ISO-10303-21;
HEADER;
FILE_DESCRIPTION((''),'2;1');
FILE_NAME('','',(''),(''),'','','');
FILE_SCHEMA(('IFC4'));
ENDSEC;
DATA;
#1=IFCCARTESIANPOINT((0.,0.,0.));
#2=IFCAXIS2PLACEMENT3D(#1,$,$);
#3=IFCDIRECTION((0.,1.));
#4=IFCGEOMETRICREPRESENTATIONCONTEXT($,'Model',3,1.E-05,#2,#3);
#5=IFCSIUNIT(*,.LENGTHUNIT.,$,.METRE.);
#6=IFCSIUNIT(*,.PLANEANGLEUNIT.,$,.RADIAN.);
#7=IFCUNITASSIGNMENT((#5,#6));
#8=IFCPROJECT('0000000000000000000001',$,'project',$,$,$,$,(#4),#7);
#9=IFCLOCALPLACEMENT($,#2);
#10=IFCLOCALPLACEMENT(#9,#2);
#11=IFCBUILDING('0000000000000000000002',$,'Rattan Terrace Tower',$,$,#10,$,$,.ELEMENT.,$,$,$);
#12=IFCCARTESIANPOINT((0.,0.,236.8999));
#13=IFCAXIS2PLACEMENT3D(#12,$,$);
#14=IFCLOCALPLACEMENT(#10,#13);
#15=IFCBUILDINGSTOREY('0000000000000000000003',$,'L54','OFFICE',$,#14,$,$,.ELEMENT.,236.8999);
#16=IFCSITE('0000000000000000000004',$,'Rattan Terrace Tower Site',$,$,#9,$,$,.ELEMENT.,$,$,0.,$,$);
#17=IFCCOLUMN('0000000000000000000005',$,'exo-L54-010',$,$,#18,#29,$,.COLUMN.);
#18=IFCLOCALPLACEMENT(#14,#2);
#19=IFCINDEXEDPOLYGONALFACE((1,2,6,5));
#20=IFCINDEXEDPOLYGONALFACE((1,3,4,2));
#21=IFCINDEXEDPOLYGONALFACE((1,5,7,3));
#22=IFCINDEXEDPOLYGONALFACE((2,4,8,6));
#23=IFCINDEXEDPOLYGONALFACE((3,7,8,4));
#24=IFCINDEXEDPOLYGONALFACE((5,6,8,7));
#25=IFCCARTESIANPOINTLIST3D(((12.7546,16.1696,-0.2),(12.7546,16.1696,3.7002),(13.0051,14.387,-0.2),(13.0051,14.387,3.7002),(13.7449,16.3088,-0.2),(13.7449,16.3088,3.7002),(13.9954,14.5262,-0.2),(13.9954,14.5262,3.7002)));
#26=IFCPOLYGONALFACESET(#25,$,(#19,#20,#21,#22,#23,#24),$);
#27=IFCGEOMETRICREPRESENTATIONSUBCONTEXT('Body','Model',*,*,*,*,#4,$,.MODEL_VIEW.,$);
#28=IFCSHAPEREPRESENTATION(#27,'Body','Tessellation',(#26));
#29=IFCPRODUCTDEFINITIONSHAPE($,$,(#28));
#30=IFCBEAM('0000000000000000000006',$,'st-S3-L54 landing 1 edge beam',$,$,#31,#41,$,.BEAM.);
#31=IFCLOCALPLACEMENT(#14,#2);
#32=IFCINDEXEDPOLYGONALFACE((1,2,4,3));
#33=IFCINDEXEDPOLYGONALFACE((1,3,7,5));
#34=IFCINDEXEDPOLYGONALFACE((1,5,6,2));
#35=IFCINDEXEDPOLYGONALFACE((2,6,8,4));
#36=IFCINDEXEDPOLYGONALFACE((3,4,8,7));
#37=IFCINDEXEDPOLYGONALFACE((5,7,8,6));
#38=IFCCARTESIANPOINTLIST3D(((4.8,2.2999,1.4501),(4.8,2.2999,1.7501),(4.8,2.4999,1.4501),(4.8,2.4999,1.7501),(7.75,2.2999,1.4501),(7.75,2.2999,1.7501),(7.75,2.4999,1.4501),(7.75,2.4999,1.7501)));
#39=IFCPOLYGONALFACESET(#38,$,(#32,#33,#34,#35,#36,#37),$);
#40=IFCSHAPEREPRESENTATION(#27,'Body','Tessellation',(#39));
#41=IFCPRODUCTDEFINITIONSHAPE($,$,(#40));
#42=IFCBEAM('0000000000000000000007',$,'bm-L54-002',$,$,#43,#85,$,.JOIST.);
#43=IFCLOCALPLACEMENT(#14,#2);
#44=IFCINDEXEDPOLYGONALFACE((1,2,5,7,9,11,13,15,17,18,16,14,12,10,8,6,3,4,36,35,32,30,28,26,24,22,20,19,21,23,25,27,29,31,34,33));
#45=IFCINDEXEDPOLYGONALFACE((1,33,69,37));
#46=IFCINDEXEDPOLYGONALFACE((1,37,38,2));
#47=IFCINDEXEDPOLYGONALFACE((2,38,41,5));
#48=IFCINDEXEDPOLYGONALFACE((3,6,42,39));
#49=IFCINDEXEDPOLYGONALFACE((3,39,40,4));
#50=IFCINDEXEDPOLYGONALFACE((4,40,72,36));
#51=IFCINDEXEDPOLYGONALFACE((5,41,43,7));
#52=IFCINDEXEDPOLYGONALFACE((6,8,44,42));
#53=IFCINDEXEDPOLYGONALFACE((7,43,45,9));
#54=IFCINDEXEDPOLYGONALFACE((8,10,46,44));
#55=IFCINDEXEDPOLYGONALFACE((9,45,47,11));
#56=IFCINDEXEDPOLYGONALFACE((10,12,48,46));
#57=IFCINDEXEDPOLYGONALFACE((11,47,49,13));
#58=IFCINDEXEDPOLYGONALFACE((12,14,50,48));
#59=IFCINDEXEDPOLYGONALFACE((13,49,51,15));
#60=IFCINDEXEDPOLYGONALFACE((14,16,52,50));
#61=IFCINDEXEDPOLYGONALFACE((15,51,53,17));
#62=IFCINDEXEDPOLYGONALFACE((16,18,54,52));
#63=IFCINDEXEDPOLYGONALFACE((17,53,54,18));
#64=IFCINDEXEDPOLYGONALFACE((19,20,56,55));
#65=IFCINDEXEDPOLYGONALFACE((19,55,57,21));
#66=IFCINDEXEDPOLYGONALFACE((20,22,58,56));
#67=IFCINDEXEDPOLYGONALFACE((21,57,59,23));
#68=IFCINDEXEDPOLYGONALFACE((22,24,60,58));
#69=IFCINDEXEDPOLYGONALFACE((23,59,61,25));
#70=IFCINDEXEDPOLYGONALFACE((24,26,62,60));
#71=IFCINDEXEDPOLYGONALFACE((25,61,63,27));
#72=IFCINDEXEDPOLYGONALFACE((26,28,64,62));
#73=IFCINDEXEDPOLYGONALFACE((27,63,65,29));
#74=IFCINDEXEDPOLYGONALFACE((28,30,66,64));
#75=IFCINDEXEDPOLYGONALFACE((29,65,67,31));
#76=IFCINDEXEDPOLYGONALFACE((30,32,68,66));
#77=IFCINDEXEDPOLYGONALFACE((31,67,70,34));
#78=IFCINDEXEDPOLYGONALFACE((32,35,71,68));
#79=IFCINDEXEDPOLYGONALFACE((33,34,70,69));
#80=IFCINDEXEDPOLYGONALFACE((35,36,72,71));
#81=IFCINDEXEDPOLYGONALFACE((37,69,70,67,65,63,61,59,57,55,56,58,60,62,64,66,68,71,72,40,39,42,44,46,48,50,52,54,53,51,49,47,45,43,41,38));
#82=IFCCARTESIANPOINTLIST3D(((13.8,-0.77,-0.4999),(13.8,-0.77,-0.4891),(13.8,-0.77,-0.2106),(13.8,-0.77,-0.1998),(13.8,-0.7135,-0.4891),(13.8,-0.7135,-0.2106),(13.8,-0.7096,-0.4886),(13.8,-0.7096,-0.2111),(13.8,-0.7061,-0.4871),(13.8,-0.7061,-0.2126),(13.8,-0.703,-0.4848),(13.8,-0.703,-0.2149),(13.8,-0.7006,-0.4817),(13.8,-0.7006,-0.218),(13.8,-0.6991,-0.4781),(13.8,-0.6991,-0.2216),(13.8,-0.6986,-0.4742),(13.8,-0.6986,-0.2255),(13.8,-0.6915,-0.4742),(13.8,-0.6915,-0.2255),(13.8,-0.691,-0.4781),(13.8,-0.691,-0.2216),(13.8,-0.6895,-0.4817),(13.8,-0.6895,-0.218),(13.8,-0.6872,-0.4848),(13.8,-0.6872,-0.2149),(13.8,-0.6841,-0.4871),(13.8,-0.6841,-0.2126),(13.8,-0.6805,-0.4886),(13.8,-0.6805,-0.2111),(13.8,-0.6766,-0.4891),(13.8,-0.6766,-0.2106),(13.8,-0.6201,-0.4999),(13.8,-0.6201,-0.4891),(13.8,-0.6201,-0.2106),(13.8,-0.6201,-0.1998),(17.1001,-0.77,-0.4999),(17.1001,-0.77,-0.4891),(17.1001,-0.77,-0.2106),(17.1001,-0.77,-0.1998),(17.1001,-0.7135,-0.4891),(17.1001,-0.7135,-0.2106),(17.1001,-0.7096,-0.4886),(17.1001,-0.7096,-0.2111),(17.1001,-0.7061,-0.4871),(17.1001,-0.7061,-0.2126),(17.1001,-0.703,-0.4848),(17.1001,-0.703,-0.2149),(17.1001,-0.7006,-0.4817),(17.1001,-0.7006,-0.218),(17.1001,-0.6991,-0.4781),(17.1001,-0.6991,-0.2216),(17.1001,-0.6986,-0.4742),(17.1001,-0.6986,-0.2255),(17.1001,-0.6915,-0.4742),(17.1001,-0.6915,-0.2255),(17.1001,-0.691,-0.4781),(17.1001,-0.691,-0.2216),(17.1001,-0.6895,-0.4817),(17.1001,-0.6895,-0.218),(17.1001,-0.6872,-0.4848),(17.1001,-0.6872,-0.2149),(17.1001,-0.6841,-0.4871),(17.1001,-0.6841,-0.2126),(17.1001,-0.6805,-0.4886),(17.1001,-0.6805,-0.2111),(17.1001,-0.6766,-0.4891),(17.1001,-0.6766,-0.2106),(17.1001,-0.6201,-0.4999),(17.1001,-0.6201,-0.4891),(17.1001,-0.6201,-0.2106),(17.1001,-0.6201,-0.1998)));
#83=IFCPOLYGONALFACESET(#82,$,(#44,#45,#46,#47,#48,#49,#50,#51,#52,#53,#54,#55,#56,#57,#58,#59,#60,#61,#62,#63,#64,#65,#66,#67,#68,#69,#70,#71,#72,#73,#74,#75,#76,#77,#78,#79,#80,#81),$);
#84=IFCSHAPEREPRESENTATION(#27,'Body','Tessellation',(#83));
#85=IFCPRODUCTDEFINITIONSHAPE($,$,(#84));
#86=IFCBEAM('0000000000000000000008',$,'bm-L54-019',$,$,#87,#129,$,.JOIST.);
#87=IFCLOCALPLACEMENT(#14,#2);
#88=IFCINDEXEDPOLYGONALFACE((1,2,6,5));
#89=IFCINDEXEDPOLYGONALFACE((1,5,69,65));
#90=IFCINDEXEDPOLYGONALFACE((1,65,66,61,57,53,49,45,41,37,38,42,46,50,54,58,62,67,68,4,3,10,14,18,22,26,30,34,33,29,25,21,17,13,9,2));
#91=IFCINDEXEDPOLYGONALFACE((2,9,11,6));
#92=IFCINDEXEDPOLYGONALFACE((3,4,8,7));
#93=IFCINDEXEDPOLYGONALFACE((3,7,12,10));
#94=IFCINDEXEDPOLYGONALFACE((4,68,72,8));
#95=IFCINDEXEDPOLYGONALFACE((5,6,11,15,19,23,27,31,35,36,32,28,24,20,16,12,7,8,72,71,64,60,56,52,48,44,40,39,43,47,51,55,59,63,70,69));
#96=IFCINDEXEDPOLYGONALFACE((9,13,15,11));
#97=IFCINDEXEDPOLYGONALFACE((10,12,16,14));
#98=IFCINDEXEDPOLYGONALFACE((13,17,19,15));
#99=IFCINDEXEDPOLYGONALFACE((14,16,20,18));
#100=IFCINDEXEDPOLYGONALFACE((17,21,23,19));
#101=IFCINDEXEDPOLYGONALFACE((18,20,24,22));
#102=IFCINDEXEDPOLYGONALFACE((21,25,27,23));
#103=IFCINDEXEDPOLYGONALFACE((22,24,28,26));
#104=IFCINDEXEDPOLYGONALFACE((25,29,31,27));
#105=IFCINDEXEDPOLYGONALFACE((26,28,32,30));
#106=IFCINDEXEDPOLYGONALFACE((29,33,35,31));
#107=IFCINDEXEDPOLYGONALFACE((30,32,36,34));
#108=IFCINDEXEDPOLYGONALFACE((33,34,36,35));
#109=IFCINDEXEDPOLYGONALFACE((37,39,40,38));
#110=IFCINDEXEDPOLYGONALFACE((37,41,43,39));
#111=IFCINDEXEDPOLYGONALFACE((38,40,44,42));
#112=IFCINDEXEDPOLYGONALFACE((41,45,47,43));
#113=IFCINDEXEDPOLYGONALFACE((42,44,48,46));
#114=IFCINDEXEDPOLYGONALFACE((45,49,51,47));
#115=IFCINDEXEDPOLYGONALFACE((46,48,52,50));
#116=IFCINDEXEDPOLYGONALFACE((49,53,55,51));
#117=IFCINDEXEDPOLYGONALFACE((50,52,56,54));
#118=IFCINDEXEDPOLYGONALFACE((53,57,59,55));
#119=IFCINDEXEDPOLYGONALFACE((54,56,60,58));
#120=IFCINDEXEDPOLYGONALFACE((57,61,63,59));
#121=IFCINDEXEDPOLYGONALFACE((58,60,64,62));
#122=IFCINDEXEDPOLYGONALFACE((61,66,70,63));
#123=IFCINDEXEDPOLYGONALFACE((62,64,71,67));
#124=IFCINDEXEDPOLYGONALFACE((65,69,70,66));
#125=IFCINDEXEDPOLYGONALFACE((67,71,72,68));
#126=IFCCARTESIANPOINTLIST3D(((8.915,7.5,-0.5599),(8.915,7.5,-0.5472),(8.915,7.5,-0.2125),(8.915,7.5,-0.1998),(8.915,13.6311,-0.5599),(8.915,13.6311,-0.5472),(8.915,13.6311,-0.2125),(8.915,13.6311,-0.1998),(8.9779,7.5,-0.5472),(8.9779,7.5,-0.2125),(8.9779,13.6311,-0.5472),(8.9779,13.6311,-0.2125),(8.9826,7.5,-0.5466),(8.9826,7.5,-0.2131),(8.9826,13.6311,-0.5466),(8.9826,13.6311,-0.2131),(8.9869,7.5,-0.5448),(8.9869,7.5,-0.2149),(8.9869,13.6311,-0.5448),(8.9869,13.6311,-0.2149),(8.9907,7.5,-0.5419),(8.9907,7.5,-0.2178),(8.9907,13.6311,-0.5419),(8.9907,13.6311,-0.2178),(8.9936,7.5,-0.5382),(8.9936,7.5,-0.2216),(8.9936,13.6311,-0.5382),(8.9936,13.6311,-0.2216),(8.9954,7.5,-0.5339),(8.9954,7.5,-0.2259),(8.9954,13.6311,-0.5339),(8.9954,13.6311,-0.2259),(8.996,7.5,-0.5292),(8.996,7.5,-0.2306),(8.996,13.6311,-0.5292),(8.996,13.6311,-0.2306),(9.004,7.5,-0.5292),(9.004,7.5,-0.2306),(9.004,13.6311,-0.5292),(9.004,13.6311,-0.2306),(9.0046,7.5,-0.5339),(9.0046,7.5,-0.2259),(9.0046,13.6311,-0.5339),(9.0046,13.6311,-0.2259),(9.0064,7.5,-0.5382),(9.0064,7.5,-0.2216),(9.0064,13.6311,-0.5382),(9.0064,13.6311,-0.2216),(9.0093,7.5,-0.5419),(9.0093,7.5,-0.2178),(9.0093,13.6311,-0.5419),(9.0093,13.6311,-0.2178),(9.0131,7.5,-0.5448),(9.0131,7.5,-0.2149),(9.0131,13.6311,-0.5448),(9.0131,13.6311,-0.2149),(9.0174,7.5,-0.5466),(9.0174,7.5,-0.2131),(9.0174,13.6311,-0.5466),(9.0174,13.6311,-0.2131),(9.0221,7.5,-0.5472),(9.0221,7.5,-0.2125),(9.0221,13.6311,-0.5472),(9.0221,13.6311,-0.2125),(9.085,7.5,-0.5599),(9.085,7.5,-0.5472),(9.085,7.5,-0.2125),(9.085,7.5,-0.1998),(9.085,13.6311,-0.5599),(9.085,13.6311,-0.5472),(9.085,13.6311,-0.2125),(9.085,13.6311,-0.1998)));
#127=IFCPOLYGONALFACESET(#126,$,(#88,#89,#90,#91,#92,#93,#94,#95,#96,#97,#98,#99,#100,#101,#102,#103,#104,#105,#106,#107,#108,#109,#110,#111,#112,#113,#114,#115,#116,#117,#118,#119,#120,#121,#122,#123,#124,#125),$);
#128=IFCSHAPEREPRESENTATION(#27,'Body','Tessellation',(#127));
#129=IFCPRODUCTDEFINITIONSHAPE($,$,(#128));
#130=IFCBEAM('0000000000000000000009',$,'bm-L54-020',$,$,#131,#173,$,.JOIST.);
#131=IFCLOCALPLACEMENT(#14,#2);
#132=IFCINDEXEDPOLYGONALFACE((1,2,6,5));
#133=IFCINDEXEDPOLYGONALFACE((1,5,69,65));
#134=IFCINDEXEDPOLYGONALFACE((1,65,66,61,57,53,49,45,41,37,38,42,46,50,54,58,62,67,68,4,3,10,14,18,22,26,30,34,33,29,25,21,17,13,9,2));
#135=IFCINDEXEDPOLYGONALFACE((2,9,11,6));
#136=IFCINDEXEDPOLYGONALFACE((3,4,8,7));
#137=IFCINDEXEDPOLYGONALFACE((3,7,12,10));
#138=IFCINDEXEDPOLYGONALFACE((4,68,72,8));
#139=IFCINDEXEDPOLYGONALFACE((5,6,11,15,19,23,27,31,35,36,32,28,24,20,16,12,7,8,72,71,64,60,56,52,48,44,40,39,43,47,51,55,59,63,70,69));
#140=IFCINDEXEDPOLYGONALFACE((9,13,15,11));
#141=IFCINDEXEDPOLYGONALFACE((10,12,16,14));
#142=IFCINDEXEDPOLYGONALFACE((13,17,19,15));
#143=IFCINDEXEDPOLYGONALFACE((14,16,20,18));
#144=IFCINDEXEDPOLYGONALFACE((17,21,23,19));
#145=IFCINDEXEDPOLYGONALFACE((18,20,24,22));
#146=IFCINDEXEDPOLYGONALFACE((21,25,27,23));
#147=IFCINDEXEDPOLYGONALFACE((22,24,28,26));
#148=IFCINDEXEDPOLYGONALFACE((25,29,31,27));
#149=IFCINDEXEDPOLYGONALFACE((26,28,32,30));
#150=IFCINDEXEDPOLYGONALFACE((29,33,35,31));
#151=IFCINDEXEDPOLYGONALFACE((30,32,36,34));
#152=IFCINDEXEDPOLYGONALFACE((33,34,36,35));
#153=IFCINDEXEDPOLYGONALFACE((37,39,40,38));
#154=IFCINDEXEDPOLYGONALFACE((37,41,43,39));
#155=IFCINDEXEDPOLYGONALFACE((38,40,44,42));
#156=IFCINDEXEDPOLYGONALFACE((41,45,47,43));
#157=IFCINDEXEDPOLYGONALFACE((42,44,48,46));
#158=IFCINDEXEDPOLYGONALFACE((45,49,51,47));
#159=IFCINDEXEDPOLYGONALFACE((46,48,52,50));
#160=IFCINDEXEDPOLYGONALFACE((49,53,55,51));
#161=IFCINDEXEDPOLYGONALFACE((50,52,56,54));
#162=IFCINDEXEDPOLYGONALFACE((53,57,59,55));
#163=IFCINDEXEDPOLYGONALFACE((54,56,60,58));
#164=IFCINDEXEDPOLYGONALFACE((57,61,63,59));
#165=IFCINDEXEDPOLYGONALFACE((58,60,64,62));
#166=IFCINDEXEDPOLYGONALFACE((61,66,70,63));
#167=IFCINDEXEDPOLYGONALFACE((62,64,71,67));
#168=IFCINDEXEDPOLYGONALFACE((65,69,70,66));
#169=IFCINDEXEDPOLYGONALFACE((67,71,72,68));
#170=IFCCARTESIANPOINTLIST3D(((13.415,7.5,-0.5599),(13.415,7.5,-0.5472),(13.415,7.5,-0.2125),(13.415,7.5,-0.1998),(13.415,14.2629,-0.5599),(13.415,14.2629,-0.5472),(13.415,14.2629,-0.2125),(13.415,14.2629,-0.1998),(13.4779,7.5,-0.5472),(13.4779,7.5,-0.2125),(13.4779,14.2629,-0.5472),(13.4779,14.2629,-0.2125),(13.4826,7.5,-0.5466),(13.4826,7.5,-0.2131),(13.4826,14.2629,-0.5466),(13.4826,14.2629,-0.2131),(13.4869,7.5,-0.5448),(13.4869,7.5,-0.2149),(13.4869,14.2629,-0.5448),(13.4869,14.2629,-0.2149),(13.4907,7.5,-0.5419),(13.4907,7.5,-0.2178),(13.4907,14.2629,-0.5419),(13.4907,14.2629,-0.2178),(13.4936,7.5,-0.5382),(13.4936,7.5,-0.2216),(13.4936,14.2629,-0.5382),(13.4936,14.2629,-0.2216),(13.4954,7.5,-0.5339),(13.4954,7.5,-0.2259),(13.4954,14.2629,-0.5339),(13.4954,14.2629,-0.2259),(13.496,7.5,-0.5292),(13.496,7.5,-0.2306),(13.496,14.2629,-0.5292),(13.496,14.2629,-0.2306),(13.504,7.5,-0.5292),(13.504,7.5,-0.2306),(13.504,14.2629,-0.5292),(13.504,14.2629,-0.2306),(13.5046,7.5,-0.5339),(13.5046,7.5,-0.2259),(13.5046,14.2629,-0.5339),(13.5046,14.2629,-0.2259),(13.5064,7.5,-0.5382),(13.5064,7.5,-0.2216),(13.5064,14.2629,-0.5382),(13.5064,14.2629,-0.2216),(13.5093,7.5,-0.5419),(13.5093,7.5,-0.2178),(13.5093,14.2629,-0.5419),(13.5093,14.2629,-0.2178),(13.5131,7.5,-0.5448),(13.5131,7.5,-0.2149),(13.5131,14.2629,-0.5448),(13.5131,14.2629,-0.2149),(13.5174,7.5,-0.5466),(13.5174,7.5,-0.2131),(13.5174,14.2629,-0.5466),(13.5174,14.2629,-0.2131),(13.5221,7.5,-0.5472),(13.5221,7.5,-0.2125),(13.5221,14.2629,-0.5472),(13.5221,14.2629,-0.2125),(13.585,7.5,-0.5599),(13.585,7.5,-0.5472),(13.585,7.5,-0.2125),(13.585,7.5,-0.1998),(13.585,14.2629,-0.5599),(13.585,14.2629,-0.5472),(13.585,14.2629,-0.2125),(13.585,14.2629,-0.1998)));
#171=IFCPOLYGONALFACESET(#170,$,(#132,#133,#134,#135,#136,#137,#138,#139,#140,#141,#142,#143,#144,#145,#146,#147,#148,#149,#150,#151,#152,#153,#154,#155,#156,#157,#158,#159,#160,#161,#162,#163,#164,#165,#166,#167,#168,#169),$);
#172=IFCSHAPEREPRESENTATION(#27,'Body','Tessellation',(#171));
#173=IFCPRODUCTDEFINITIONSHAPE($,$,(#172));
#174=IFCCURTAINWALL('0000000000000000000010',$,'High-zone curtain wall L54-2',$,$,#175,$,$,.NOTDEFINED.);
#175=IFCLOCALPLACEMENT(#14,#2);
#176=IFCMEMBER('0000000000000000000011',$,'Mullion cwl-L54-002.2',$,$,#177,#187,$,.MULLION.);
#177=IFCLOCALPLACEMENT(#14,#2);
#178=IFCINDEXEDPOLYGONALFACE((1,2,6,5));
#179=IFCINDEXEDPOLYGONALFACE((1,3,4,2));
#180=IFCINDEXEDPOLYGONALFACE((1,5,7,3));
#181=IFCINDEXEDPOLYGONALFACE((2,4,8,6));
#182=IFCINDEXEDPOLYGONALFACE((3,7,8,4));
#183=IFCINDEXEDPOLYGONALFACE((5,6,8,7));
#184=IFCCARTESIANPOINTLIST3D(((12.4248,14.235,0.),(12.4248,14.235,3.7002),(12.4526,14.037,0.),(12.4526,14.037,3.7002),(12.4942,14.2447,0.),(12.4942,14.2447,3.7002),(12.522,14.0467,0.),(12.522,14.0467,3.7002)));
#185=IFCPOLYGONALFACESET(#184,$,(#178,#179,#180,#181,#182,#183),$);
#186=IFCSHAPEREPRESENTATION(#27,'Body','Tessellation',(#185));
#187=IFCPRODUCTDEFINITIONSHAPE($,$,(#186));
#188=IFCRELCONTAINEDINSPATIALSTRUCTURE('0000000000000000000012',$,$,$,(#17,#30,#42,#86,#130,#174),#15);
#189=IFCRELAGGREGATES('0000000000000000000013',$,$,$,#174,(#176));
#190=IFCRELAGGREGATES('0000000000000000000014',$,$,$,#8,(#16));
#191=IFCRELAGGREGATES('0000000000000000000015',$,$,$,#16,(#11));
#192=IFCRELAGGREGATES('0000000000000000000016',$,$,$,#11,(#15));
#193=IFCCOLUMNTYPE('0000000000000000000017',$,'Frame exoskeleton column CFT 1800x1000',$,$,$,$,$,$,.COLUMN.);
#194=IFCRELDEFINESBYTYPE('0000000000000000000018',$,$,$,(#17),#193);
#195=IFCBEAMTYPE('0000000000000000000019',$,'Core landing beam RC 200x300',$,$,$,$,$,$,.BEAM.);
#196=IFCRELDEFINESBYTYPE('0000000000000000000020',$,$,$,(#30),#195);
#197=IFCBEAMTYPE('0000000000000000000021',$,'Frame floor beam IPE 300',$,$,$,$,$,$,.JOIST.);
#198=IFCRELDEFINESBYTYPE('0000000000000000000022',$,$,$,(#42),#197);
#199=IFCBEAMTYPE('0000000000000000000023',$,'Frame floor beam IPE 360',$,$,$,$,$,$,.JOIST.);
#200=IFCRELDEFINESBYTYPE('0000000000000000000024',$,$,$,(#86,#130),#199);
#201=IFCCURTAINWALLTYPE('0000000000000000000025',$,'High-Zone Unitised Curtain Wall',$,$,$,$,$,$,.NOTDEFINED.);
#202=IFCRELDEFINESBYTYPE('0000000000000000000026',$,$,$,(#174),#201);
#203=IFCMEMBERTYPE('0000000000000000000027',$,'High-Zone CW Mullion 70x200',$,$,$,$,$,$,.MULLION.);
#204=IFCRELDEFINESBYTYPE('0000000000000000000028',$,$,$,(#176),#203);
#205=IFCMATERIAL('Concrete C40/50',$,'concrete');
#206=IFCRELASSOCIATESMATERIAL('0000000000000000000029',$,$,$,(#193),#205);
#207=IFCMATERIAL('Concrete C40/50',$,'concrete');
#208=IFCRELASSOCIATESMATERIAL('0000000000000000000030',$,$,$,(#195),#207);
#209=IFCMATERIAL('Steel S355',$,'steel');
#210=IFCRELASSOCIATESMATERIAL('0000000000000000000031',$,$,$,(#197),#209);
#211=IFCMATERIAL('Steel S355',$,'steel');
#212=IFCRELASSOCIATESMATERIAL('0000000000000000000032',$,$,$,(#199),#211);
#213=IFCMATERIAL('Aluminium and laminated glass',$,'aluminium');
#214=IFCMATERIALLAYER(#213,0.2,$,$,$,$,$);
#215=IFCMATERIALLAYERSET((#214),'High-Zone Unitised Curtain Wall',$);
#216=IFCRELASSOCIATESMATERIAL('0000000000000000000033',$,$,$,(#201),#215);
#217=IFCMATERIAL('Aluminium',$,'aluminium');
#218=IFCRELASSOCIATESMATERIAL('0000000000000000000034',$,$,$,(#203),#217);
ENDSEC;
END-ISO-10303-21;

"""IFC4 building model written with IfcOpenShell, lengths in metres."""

from ifc_helpers import new_model, si_unit, direction, frame, origin, origin_2d, place, context, subcontext, project, spatial, rectangle, i_section, extrude, material, layer, layer_set, material_profile, profile_set, type_object, element, aggregate, save


model = new_model("IFC4")

# Units and contexts
model_context = context("Model", 3, precision=1e-05, world=origin(), true_north=direction((0.0, 1.0)))
body_context = subcontext(model_context, "Body", "Model", "MODEL_VIEW")
ifc_project = project(units=[si_unit("LENGTHUNIT", "METRE"), si_unit("PLANEANGLEUNIT", "RADIAN")], contexts=[model_context])

# Site, building, storey
site_placement = place(None, origin())
site = spatial("IfcSite", under=ifc_project, at=site_placement, Name="Rattan Terrace Tower Site", CompositionType="ELEMENT", RefElevation=0.0)
building_placement = place(site_placement, origin())
building = spatial("IfcBuilding", under=site, at=building_placement, Name="Rattan Terrace Tower", CompositionType="ELEMENT")
storey_placement = place(building_placement, frame((0.0, 0.0, 236.8999)))
storey = spatial("IfcBuildingStorey", under=building, at=storey_placement, Name="L54", Description="OFFICE", CompositionType="ELEMENT", Elevation=236.8999)

# Column
ifc_material_1 = material(Name="Concrete C40/50", Category="concrete")
ifc_material_profile_1 = material_profile(ifc_material_1, rectangle(XDim=1.0, YDim=1.8, at=origin_2d()), Name="CFT 1800x1000")
ifc_profile_set_1 = profile_set([ifc_material_profile_1], Name="Concrete C40/50")
column_type = type_object("IfcColumnType", Name="Frame exoskeleton column CFT 1800x1000", PredefinedType="COLUMN", material=ifc_profile_set_1)
column_placement = place(storey_placement, frame((13.375, 15.3479, -0.2), z_axis=(0.0, 0.0, 1.0), x_axis=(0.990268, 0.139173, 0.0)))
element("IfcColumn", 1, at=column_placement, inside=storey, type_object=column_type, Name="exo-L54-010", PredefinedType="COLUMN", context=body_context, shape_type="SweptSolid", body=[
    extrude(rectangle(XDim=1.0, YDim=1.8, at=origin_2d()), origin(), (0.0, 0.0, 1.0), 3.9001),
])

# Beams
ifc_material_2 = material(Name="Concrete C40/50", Category="concrete")
ifc_material_profile_2 = material_profile(ifc_material_2, rectangle(XDim=0.2, YDim=0.3, at=origin_2d()), Name="RC 200x300")
ifc_profile_set_2 = profile_set([ifc_material_profile_2], Name="Concrete C40/50")
beam_type_1 = type_object("IfcBeamType", Name="Core landing beam RC 200x300", PredefinedType="BEAM", material=ifc_profile_set_2)
beam_1_placement = place(storey_placement, frame((4.8, 2.3999, 1.6001), z_axis=(1.0, 0.0, 0.0), x_axis=(0.0, 1.0, 0.0)))
element("IfcBeam", 2, at=beam_1_placement, inside=storey, type_object=beam_type_1, Name="st-S3-L54 landing 1 edge beam", PredefinedType="BEAM", context=body_context, shape_type="SweptSolid", body=[
    extrude(rectangle(XDim=0.2, YDim=0.3, at=origin_2d()), origin(), (0.0, 0.0, 1.0), 2.95),
])
ifc_material_3 = material(Name="Steel S355", Category="steel")
ifc_material_profile_3 = material_profile(ifc_material_3, i_section(OverallWidth=0.1499, OverallDepth=0.3, WebThickness=0.0071, FlangeThickness=0.0107, FilletRadius=0.0149, at=origin_2d()), Name="IPE 300")
ifc_profile_set_3 = profile_set([ifc_material_profile_3], Name="Steel S355")
beam_type_2 = type_object("IfcBeamType", Name="Frame floor beam IPE 300", PredefinedType="JOIST", material=ifc_profile_set_3)
beam_2_placement = place(storey_placement, frame((13.8, -0.6951, -0.3499), z_axis=(1.0, 0.0, 0.0), x_axis=(0.0, 1.0, 0.0)))
element("IfcBeam", 3, at=beam_2_placement, inside=storey, type_object=beam_type_2, Name="bm-L54-002", PredefinedType="JOIST", context=body_context, shape_type="SweptSolid", body=[
    extrude(i_section(OverallWidth=0.1499, OverallDepth=0.3, WebThickness=0.0071, FlangeThickness=0.0107, FilletRadius=0.0149, at=origin_2d()), origin(), (0.0, 0.0, 1.0), 3.3),
])
ifc_material_4 = material(Name="Steel S355", Category="steel")
ifc_material_profile_4 = material_profile(ifc_material_4, i_section(OverallWidth=0.1699, OverallDepth=0.3601, WebThickness=0.0081, FlangeThickness=0.0127, FilletRadius=0.0181, at=origin_2d()), Name="IPE 360")
ifc_profile_set_4 = profile_set([ifc_material_profile_4], Name="Steel S355")
beam_type_3 = type_object("IfcBeamType", Name="Frame floor beam IPE 360", PredefinedType="JOIST", material=ifc_profile_set_4)
beam_3_placement = place(storey_placement, frame((9.0, 7.5, -0.3799), z_axis=(0.0, 1.0, 0.0), x_axis=(-1.0, 0.0, 0.0)))
element("IfcBeam", 4, at=beam_3_placement, inside=storey, type_object=beam_type_3, Name="bm-L54-019", PredefinedType="JOIST", context=body_context, shape_type="SweptSolid", body=[
    extrude(i_section(OverallWidth=0.1699, OverallDepth=0.3601, WebThickness=0.0081, FlangeThickness=0.0127, FilletRadius=0.0181, at=origin_2d()), origin(), (0.0, 0.0, 1.0), 6.1311),
])
beam_4_placement = place(storey_placement, frame((13.5, 7.5, -0.3799), z_axis=(0.0, 1.0, 0.0), x_axis=(-1.0, 0.0, 0.0)))
element("IfcBeam", 5, at=beam_4_placement, inside=storey, type_object=beam_type_3, Name="bm-L54-020", PredefinedType="JOIST", context=body_context, shape_type="SweptSolid", body=[
    extrude(i_section(OverallWidth=0.1699, OverallDepth=0.3601, WebThickness=0.0081, FlangeThickness=0.0127, FilletRadius=0.0181, at=origin_2d()), origin(), (0.0, 0.0, 1.0), 6.7629),
])

# Curtain wall, member
ifc_material_5 = material(Name="Aluminium and laminated glass", Category="aluminium")
ifc_layer_1 = layer(ifc_material_5, 0.2)
ifc_layer_set_1 = layer_set([ifc_layer_1], Name="High-Zone Unitised Curtain Wall")
curtain_wall_type = type_object("IfcCurtainWallType", Name="High-Zone Unitised Curtain Wall", PredefinedType="NOTDEFINED", material=ifc_layer_set_1)
curtain_wall_placement = place(storey_placement, origin())
curtain_wall = element("IfcCurtainWall", 6, at=curtain_wall_placement, inside=storey, type_object=curtain_wall_type, Name="High-zone curtain wall L54-2", PredefinedType="NOTDEFINED")
ifc_material_6 = material(Name="Aluminium", Category="aluminium")
ifc_material_profile_5 = material_profile(ifc_material_6, rectangle(XDim=0.0701, YDim=0.2, at=origin_2d()), Name="Aluminium 70x200")
ifc_profile_set_5 = profile_set([ifc_material_profile_5], Name="Aluminium")
member_type_1 = type_object("IfcMemberType", Name="High-Zone CW Mullion 70x200", PredefinedType="MULLION", material=ifc_profile_set_5)
member_1_placement = place(storey_placement, frame((12.4734, 14.1409, 0.0), z_axis=(0.0, 0.0, 1.0), x_axis=(-0.990267, -0.139177, 0.0)))
member_1 = element("IfcMember", 7, at=member_1_placement, type_object=member_type_1, Name="Mullion cwl-L54-002.2", PredefinedType="MULLION", context=body_context, shape_type="SweptSolid", body=[
    extrude(rectangle(XDim=0.0701, YDim=0.2, at=origin_2d()), origin(), (0.0, 0.0, 1.0), 3.7002),
])
aggregate(curtain_wall, [member_1])

save(model, "model.ifc")
